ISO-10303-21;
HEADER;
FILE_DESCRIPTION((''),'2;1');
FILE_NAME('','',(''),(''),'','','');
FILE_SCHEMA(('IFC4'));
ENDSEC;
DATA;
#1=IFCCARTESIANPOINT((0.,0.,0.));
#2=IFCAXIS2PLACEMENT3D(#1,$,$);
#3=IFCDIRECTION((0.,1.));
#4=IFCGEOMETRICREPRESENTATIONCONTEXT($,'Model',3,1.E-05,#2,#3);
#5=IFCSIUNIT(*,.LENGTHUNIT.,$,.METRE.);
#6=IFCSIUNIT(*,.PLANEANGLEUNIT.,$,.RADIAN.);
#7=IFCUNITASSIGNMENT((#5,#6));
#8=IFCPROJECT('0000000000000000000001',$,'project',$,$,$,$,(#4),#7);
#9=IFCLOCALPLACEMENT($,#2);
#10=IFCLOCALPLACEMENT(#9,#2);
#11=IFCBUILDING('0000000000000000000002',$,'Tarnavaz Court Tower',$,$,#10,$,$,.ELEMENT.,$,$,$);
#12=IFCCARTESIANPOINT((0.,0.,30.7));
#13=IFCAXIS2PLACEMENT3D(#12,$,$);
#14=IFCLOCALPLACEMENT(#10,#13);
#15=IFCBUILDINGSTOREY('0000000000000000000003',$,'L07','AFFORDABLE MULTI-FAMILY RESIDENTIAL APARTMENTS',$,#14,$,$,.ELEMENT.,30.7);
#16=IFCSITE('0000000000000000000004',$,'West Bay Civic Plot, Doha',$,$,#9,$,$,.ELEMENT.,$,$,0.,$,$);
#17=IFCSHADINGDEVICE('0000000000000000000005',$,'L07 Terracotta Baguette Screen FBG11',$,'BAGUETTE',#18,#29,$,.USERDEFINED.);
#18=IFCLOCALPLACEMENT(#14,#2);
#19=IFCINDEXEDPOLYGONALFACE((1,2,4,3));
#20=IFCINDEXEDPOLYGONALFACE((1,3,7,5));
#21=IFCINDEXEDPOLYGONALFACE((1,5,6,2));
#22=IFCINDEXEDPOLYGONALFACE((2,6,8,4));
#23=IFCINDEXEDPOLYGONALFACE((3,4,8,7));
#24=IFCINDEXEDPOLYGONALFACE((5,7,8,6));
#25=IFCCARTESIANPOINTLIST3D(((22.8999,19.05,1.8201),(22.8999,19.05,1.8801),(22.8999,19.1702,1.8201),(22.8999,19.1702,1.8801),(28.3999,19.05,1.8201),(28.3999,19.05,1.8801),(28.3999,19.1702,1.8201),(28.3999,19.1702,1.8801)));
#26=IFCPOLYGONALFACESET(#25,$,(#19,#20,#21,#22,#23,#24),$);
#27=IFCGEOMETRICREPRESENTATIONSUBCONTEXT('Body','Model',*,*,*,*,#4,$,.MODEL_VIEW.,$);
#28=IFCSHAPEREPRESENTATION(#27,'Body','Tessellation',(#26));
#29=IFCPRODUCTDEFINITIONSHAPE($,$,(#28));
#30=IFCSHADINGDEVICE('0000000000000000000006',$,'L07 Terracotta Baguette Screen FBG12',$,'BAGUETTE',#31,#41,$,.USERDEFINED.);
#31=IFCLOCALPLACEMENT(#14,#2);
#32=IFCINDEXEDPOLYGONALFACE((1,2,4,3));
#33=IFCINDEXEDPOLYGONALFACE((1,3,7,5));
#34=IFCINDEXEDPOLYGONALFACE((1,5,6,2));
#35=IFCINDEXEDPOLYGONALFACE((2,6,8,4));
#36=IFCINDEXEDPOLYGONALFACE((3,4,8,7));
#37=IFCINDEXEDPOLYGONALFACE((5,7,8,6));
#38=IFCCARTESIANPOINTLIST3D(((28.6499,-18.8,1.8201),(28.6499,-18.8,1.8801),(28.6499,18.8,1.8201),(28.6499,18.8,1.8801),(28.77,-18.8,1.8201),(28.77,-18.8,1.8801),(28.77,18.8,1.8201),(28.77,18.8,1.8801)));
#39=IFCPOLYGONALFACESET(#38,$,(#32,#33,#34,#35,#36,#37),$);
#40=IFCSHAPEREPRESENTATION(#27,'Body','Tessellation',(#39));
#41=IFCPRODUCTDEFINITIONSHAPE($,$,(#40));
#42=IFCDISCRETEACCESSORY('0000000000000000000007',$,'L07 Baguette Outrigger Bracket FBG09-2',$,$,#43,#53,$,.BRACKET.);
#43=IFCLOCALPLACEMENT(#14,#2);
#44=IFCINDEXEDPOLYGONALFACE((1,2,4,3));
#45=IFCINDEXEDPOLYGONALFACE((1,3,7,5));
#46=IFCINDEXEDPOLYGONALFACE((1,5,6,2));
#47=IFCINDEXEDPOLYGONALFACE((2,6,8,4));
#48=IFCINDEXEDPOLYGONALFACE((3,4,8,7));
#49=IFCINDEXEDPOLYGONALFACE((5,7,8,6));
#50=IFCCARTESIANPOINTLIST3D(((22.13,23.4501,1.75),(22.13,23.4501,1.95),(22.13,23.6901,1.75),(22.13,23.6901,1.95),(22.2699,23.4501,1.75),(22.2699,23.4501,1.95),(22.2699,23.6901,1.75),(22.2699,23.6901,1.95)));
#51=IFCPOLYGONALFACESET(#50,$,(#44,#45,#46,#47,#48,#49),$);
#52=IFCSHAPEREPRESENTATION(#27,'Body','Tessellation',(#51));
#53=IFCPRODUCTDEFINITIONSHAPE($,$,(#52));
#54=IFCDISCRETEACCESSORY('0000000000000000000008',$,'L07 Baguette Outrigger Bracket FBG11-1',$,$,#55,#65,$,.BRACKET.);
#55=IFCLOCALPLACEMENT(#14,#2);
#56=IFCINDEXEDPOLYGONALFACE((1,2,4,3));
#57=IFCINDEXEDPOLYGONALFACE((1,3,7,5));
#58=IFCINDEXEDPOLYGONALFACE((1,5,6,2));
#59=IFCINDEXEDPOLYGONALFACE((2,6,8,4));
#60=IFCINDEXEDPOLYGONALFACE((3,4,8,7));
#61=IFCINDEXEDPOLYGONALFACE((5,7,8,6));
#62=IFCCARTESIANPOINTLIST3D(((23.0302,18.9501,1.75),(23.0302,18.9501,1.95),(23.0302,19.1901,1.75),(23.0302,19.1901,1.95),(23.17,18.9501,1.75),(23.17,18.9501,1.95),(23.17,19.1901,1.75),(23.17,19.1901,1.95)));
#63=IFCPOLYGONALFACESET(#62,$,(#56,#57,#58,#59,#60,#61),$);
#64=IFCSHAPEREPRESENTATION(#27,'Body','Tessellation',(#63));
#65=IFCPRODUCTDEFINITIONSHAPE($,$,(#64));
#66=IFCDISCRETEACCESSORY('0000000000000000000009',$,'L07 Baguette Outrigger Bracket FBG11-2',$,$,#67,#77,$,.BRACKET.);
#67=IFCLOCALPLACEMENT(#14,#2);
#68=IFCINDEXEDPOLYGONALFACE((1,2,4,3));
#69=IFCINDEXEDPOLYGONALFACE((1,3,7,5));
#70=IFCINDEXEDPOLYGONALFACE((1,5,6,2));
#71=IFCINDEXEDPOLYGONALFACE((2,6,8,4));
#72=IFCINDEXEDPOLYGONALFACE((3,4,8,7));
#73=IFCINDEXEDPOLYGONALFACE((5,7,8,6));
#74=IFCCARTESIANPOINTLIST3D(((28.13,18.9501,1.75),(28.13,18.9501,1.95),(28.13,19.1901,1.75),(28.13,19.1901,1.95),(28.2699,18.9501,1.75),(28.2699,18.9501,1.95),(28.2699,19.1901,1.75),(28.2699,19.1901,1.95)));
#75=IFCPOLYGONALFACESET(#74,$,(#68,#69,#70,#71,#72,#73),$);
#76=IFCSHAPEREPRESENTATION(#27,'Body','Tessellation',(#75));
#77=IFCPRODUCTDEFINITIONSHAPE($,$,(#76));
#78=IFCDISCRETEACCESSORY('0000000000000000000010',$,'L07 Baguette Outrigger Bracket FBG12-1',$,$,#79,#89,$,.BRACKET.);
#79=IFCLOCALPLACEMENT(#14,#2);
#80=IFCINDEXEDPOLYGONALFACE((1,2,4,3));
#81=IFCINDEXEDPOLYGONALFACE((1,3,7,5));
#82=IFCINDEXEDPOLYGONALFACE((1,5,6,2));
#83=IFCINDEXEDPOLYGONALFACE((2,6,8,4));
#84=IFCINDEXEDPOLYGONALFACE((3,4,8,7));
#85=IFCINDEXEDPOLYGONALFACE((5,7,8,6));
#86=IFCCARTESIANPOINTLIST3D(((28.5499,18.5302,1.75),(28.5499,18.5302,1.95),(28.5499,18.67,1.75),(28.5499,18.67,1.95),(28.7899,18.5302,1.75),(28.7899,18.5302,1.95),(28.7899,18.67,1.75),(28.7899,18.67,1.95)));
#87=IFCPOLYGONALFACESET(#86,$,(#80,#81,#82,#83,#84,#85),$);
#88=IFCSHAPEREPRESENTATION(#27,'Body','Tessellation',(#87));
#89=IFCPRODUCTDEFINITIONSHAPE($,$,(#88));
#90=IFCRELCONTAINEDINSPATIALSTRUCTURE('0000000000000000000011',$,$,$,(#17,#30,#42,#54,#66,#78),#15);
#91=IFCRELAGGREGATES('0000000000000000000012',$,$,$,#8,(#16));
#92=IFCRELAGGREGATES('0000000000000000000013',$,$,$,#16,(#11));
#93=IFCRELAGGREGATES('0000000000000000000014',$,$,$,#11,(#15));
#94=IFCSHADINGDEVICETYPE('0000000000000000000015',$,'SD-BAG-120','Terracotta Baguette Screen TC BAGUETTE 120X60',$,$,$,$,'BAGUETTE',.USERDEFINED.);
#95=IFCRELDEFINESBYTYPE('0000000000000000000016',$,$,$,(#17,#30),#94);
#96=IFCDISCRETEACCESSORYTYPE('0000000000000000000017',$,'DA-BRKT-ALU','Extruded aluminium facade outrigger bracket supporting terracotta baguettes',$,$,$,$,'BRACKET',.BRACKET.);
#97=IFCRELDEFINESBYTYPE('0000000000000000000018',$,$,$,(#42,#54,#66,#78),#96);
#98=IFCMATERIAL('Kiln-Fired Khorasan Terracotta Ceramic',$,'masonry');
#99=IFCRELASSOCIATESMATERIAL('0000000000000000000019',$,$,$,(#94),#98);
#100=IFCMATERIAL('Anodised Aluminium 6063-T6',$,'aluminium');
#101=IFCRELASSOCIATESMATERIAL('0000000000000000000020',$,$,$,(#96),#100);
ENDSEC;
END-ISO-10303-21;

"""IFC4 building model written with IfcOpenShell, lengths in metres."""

from ifc_helpers import new_model, si_unit, direction, frame, origin, origin_2d, place, context, subcontext, project, spatial, rectangle, extrude, material, material_profile, profile_set, type_object, element, save


model = new_model("IFC4")

# Units and contexts
model_context = context("Model", 3, precision=1e-05, world=origin(), true_north=direction((0.0, 1.0)))
body_context = subcontext(model_context, "Body", "Model", "MODEL_VIEW")
ifc_project = project(units=[si_unit("LENGTHUNIT", "METRE"), si_unit("PLANEANGLEUNIT", "RADIAN")], contexts=[model_context])

# Site, building, storey
site_placement = place(None, origin())
site = spatial("IfcSite", under=ifc_project, at=site_placement, Name="West Bay Civic Plot, Doha", CompositionType="ELEMENT", RefElevation=0.0)
building_placement = place(site_placement, origin())
building = spatial("IfcBuilding", under=site, at=building_placement, Name="Tarnavaz Court Tower", CompositionType="ELEMENT")
storey_placement = place(building_placement, frame((0.0, 0.0, 30.7)))
storey = spatial("IfcBuildingStorey", under=building, at=storey_placement, Name="L07", Description="AFFORDABLE MULTI-FAMILY RESIDENTIAL APARTMENTS", CompositionType="ELEMENT", Elevation=30.7)

# Shading devices
ifc_material_1 = material(Name="Kiln-Fired Khorasan Terracotta Ceramic", Category="masonry")
ifc_material_profile_1 = material_profile(ifc_material_1, rectangle(XDim=0.1201, YDim=0.0601, at=origin_2d()), Name="TC BAGUETTE 120X60")
ifc_profile_set_1 = profile_set([ifc_material_profile_1], Name="Kiln-Fired Khorasan Terracotta Ceramic")
shading_device_type = type_object("IfcShadingDeviceType", Name="SD-BAG-120", Description="Terracotta Baguette Screen TC BAGUETTE 120X60", ElementType="BAGUETTE", PredefinedType="USERDEFINED", material=ifc_profile_set_1)
shading_device_1_placement = place(storey_placement, frame((22.8999, 19.1101, 1.8501), z_axis=(1.0, 0.0, 0.0), x_axis=(0.0, 1.0, 0.0)))
element("IfcShadingDevice", 1, at=shading_device_1_placement, inside=storey, type_object=shading_device_type, Name="L07 Terracotta Baguette Screen FBG11", ObjectType="BAGUETTE", PredefinedType="USERDEFINED", context=body_context, shape_type="SweptSolid", body=[
    extrude(rectangle(XDim=0.1201, YDim=0.0601, at=origin_2d()), origin(), (0.0, 0.0, 1.0), 5.5),
])
shading_device_2_placement = place(storey_placement, frame((28.71, 18.8, 1.8501), z_axis=(0.0, -1.0, 0.0), x_axis=(1.0, 0.0, 0.0)))
element("IfcShadingDevice", 2, at=shading_device_2_placement, inside=storey, type_object=shading_device_type, Name="L07 Terracotta Baguette Screen FBG12", ObjectType="BAGUETTE", PredefinedType="USERDEFINED", context=body_context, shape_type="SweptSolid", body=[
    extrude(rectangle(XDim=0.1201, YDim=0.0601, at=origin_2d()), origin(), (0.0, 0.0, 1.0), 37.6001),
])

# Discrete accessories
ifc_material_2 = material(Name="Anodised Aluminium 6063-T6", Category="aluminium")
discrete_accessory_type = type_object("IfcDiscreteAccessoryType", Name="DA-BRKT-ALU", Description="Extruded aluminium facade outrigger bracket supporting terracotta baguettes", ElementType="BRACKET", PredefinedType="BRACKET", material=ifc_material_2)
for number, where, z_axis, x_axis, name in (
    (3, (22.2, 23.5701, 1.75), (0.0, 0.0, 1.0), (1.0, 0.0, 0.0), "L07 Baguette Outrigger Bracket FBG09-2"),
    (4, (23.1001, 19.0701, 1.75), (0.0, 0.0, 1.0), (1.0, 0.0, 0.0), "L07 Baguette Outrigger Bracket FBG11-1"),
    (5, (28.2, 19.0701, 1.75), (0.0, 0.0, 1.0), (1.0, 0.0, 0.0), "L07 Baguette Outrigger Bracket FBG11-2"),
    (6, (28.6699, 18.6001, 1.75), (0.0, 0.0, 1.0), (0.0, -1.0, 0.0), "L07 Baguette Outrigger Bracket FBG12-1"),
):
    element("IfcDiscreteAccessory", number, at=place(storey_placement, frame(where, z_axis=z_axis, x_axis=x_axis)), inside=storey, type_object=discrete_accessory_type, Name=name, PredefinedType="BRACKET", context=body_context, shape_type="SweptSolid", body=[
        extrude(rectangle(XDim=0.1399, YDim=0.24, at=origin_2d()), origin(), (0.0, 0.0, 1.0), 0.2),
    ])

save(model, "model.ifc")
